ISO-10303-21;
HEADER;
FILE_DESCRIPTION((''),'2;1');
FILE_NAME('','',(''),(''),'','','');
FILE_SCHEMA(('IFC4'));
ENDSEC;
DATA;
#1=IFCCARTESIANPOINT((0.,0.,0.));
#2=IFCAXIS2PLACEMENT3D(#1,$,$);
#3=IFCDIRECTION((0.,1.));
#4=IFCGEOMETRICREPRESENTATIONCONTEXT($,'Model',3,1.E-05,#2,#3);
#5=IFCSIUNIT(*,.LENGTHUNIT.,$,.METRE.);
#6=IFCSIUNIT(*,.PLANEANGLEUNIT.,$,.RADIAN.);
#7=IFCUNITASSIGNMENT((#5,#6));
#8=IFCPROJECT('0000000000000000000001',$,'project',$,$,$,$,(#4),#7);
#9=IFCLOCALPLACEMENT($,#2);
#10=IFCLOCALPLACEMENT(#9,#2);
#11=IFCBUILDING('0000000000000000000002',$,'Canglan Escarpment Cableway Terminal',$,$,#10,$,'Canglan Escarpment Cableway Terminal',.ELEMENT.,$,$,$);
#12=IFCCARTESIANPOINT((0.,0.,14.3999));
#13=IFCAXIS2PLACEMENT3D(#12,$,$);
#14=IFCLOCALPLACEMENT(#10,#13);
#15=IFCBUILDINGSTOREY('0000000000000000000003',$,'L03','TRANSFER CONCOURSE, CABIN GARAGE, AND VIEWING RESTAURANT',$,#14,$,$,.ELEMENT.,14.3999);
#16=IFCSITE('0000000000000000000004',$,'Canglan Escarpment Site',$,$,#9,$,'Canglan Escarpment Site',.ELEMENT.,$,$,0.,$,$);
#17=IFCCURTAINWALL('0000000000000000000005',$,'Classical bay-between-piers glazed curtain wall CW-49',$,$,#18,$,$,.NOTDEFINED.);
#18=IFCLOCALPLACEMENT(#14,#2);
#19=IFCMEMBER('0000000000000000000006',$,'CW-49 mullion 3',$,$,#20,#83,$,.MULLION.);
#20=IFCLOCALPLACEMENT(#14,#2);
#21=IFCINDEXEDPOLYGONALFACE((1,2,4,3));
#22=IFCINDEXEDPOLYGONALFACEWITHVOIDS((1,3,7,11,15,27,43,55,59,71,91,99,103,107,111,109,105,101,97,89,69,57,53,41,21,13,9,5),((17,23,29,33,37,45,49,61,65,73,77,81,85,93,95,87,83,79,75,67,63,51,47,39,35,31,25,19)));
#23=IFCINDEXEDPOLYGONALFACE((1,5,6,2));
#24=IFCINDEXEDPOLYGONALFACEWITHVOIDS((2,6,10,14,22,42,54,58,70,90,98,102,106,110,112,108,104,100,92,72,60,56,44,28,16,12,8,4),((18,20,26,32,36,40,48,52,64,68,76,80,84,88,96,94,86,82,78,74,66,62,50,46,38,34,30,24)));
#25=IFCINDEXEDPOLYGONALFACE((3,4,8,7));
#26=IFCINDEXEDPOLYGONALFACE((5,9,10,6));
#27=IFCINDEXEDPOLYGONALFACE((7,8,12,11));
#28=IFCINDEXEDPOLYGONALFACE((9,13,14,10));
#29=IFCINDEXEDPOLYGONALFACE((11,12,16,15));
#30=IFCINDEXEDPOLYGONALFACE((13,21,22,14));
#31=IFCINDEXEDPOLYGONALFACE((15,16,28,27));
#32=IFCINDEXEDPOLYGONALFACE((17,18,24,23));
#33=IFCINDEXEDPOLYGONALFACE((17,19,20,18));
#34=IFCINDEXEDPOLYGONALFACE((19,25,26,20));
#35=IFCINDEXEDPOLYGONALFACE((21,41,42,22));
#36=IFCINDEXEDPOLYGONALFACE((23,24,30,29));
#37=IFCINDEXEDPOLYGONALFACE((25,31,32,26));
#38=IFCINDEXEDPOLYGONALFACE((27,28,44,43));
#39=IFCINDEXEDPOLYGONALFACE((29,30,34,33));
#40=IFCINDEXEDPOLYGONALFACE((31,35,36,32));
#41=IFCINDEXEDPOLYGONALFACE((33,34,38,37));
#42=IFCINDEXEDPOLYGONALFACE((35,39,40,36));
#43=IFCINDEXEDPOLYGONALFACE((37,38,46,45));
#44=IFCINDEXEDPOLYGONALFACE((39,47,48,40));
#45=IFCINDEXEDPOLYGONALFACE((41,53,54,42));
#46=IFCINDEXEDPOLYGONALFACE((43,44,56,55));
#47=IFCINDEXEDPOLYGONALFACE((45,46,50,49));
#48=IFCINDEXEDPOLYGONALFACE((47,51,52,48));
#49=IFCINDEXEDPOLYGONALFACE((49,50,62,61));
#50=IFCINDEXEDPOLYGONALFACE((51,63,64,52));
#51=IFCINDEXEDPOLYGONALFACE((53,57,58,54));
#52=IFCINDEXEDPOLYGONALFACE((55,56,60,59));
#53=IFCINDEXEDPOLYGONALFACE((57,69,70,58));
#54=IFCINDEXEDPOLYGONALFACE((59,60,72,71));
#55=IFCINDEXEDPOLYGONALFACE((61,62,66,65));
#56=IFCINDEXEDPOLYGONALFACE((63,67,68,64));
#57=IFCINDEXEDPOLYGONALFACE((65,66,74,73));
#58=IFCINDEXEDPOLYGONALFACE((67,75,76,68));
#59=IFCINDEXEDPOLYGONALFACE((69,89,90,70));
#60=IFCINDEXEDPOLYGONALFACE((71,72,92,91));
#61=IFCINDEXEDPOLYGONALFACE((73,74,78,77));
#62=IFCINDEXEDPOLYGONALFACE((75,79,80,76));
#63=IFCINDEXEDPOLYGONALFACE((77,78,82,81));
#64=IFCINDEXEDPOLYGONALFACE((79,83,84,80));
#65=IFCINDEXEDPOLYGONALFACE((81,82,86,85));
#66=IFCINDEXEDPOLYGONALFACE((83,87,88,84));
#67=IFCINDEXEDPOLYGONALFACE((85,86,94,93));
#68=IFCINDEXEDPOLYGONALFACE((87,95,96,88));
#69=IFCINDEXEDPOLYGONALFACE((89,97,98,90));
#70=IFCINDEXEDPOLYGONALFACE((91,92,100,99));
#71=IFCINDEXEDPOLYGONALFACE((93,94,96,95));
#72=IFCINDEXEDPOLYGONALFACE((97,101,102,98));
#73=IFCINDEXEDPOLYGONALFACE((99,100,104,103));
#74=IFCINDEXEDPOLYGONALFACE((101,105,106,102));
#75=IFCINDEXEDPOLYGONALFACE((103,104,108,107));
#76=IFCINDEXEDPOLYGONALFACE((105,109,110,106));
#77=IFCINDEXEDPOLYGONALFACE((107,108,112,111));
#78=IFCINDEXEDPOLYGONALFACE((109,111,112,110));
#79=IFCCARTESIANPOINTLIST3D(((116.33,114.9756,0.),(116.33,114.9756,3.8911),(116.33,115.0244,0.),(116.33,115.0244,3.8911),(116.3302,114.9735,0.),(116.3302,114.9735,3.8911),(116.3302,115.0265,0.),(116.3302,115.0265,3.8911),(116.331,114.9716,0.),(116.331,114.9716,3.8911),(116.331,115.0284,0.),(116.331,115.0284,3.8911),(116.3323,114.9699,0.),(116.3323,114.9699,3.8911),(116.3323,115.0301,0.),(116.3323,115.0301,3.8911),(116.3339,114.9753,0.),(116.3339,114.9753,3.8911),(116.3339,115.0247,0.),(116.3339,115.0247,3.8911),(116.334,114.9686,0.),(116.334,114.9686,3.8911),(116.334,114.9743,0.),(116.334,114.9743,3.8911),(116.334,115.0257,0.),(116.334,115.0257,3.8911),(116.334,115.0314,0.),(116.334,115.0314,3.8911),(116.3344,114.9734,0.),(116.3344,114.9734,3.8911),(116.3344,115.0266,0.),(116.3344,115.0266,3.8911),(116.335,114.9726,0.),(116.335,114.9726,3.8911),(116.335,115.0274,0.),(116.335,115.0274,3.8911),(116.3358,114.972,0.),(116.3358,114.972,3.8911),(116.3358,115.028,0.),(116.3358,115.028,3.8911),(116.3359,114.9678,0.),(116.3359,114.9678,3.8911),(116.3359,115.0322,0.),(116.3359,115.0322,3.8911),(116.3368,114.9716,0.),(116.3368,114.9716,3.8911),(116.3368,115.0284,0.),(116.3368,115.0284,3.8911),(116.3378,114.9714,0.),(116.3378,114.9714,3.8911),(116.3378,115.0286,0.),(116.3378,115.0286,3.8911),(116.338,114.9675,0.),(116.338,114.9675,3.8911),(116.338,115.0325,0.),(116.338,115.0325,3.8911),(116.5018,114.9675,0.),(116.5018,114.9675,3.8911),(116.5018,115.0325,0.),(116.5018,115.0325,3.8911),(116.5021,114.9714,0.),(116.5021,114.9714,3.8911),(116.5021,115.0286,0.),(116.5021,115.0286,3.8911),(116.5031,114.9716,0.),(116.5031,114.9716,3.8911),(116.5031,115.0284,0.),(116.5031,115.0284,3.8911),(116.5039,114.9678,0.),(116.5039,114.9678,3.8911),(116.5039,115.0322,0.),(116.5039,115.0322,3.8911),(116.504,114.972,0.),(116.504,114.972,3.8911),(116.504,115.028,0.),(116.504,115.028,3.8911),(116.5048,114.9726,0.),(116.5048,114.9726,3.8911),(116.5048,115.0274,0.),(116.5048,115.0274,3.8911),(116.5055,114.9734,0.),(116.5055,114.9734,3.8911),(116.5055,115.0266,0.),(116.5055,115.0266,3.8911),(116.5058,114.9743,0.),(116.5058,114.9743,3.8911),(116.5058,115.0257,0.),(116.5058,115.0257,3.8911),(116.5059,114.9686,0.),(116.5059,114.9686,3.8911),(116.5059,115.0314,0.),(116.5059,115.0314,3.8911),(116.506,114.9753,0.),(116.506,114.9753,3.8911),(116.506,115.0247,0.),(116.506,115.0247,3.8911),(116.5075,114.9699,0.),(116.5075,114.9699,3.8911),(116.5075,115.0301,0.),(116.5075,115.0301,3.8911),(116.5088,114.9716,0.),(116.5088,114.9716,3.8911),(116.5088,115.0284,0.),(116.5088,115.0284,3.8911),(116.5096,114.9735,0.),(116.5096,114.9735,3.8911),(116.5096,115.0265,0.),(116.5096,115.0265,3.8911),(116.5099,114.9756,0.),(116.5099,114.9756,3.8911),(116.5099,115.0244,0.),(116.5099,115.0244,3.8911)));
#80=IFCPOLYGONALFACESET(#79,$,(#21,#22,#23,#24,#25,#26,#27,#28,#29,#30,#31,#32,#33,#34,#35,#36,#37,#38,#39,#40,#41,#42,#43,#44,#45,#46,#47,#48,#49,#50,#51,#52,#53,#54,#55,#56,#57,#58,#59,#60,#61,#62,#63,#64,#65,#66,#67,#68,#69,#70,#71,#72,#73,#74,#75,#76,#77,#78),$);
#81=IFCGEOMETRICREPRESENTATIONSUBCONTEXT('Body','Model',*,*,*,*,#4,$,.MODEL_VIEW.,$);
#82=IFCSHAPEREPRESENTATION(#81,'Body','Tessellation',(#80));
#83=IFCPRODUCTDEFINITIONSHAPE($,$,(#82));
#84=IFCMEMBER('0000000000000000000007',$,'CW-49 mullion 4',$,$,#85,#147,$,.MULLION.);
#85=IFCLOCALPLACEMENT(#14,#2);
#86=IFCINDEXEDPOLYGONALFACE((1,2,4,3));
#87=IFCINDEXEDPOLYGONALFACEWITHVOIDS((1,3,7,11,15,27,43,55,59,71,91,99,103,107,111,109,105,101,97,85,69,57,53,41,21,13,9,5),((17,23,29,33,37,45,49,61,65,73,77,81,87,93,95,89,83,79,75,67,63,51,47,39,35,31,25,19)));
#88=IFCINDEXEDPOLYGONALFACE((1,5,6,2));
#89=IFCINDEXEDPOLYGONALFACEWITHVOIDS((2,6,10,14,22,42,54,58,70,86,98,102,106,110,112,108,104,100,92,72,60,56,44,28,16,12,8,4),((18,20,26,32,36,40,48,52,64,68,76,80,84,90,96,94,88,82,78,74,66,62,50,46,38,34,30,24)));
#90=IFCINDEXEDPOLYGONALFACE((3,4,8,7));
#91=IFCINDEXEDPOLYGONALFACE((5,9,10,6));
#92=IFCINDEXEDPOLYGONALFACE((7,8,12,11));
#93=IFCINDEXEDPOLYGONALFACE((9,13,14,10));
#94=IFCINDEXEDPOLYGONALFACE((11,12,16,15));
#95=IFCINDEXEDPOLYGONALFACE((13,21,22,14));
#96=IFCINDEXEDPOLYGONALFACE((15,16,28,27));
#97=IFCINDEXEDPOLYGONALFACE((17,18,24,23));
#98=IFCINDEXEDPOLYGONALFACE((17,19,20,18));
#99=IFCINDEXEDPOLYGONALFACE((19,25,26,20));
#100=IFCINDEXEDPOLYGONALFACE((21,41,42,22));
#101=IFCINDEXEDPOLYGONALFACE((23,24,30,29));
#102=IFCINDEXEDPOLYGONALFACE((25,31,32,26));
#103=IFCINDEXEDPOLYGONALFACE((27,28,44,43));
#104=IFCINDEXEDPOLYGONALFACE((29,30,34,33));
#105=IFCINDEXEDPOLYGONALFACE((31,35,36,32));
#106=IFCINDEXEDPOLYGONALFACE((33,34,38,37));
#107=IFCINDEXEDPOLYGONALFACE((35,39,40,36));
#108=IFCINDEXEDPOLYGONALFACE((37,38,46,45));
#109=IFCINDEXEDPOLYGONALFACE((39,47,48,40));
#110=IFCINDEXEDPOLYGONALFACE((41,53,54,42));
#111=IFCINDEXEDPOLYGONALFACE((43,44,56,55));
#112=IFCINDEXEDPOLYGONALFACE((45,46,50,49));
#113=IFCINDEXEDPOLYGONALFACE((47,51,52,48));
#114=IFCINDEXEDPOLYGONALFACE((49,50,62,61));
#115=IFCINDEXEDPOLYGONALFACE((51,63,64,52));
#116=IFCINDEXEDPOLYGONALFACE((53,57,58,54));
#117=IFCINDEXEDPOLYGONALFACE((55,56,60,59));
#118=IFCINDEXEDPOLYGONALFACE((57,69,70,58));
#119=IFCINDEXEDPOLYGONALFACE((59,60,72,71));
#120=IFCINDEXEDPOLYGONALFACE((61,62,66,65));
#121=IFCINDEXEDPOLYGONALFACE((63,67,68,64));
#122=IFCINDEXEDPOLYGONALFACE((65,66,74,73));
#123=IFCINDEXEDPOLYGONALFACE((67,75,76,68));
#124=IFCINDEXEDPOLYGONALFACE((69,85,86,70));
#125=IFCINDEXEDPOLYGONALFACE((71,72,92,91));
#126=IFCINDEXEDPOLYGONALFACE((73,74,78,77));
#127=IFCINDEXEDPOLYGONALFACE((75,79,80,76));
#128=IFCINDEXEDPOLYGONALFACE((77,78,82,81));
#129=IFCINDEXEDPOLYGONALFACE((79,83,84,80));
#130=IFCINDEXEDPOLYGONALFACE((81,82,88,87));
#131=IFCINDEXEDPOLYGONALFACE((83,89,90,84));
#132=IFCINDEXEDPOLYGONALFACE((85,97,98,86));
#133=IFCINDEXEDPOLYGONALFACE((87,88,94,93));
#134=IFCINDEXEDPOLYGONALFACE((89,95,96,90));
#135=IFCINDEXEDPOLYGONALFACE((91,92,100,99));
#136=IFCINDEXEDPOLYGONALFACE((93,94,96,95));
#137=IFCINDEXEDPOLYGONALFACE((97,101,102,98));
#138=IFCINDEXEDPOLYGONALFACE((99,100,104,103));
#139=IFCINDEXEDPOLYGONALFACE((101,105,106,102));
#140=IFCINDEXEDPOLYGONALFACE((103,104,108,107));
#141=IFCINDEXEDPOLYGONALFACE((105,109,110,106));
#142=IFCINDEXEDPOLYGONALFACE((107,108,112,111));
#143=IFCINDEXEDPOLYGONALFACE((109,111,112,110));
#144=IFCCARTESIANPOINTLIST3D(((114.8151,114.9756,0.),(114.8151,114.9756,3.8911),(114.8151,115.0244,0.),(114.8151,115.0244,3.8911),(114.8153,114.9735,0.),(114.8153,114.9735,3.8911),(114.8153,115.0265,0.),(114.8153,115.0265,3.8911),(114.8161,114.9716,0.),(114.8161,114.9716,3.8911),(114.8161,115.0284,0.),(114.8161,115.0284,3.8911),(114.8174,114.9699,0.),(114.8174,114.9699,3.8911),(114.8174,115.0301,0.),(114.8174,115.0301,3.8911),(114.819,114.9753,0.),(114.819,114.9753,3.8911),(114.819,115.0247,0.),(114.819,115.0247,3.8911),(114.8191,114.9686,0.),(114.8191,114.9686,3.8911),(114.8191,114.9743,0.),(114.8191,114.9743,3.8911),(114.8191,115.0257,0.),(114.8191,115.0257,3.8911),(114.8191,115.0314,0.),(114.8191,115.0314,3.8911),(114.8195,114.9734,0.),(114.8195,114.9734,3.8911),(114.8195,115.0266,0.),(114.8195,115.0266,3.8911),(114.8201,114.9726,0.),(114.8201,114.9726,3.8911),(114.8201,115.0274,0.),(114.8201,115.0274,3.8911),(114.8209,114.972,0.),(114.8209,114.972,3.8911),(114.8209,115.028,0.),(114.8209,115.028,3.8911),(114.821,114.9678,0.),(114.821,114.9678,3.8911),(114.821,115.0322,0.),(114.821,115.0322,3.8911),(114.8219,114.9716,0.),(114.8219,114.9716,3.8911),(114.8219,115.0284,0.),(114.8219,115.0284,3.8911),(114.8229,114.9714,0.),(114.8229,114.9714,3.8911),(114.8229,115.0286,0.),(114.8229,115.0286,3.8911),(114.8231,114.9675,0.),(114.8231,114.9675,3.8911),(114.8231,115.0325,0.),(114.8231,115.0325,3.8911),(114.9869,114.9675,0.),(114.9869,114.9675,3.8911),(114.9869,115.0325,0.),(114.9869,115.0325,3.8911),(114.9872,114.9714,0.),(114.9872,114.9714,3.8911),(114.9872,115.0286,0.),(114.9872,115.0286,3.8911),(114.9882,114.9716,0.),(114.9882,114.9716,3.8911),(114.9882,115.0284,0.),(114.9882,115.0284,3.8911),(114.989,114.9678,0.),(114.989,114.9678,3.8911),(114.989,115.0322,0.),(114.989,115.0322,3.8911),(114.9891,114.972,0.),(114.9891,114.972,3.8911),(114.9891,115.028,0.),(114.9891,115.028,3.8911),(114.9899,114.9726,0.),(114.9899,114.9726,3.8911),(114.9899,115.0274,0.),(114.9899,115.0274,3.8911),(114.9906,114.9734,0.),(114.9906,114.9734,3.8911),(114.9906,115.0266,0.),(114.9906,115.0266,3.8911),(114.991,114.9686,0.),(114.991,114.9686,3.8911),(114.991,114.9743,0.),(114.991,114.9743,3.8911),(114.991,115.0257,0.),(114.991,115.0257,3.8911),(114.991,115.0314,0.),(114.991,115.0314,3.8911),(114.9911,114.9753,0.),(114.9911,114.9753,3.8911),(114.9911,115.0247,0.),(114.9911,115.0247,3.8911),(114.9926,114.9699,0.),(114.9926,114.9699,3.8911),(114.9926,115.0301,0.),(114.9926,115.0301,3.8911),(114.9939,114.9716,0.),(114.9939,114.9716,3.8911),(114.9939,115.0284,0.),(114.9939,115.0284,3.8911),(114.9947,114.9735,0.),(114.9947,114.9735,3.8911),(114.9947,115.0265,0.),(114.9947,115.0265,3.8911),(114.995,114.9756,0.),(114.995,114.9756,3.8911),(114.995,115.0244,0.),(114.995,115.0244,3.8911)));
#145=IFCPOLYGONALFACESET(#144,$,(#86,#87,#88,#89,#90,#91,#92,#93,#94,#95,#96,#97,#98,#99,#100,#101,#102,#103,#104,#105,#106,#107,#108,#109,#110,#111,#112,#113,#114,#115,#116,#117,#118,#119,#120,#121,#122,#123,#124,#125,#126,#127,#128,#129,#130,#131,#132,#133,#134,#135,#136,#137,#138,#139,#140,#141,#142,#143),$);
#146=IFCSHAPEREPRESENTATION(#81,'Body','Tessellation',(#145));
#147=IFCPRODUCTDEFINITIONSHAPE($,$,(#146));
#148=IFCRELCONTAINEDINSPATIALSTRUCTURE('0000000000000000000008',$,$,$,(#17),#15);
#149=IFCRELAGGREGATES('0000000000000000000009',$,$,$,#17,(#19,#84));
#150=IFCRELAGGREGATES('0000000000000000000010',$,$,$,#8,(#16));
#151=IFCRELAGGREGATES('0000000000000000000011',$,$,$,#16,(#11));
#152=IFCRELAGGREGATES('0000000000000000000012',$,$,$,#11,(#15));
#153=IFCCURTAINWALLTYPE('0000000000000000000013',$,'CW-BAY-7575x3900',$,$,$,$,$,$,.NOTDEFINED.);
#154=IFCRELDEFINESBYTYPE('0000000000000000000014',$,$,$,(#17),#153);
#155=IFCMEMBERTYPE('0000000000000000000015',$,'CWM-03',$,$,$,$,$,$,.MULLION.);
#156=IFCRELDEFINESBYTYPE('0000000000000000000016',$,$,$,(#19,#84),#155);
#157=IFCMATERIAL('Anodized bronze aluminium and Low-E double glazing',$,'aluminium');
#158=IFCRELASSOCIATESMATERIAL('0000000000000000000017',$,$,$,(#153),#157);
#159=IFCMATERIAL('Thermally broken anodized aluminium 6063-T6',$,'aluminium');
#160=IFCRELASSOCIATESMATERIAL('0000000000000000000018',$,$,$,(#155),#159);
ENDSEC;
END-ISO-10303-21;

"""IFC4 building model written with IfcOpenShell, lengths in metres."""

from ifc_helpers import new_model, si_unit, direction, frame, origin, origin_2d, place, context, subcontext, project, spatial, hollow_rectangle, extrude, material, material_profile, profile_set, type_object, element, aggregate, save


model = new_model("IFC4")

# Units and contexts
model_context = context("Model", 3, precision=1e-05, world=origin(), true_north=direction((0.0, 1.0)))
body_context = subcontext(model_context, "Body", "Model", "MODEL_VIEW")
ifc_project = project(units=[si_unit("LENGTHUNIT", "METRE"), si_unit("PLANEANGLEUNIT", "RADIAN")], contexts=[model_context])

# Site, building, storey
site_placement = place(None, origin())
site = spatial("IfcSite", under=ifc_project, at=site_placement, Name="Canglan Escarpment Site", LongName="Canglan Escarpment Site", CompositionType="ELEMENT", RefElevation=0.0)
building_placement = place(site_placement, origin())
building = spatial("IfcBuilding", under=site, at=building_placement, Name="Canglan Escarpment Cableway Terminal", LongName="Canglan Escarpment Cableway Terminal", CompositionType="ELEMENT")
storey_placement = place(building_placement, frame((0.0, 0.0, 14.3999)))
storey = spatial("IfcBuildingStorey", under=building, at=storey_placement, Name="L03", Description="TRANSFER CONCOURSE, CABIN GARAGE, AND VIEWING RESTAURANT", CompositionType="ELEMENT", Elevation=14.3999)

# Curtain wall, members
ifc_material_1 = material(Name="Anodized bronze aluminium and Low-E double glazing", Category="aluminium")
curtain_wall_type = type_object("IfcCurtainWallType", Name="CW-BAY-7575x3900", PredefinedType="NOTDEFINED", material=ifc_material_1)
curtain_wall_placement = place(storey_placement, origin())
curtain_wall = element("IfcCurtainWall", 1, at=curtain_wall_placement, inside=storey, type_object=curtain_wall_type, Name="Classical bay-between-piers glazed curtain wall CW-49", PredefinedType="NOTDEFINED")
ifc_material_2 = material(Name="Thermally broken anodized aluminium 6063-T6", Category="aluminium")
ifc_material_profile_1 = material_profile(ifc_material_2, hollow_rectangle(XDim=0.0649, YDim=0.1799, WallThickness=0.0039, InnerFilletRadius=0.0039, OuterFilletRadius=0.0081, at=origin_2d()), Name="ALU-MULL 65x180x4")
ifc_profile_set_1 = profile_set([ifc_material_profile_1], Name="Thermally broken anodized aluminium 6063-T6")
member_type_1 = type_object("IfcMemberType", Name="CWM-03", PredefinedType="MULLION", material=ifc_profile_set_1)
member_1_placement = place(storey_placement, frame((116.4199, 115.0, 0.0), z_axis=(0.0, 0.0, 1.0), x_axis=(0.0, -1.0, 0.0)))
member_1 = element("IfcMember", 2, at=member_1_placement, type_object=member_type_1, Name="CW-49 mullion 3", PredefinedType="MULLION", context=body_context, shape_type="SweptSolid", body=[
    extrude(hollow_rectangle(XDim=0.0649, YDim=0.1799, WallThickness=0.0039, InnerFilletRadius=0.0039, OuterFilletRadius=0.0081, at=origin_2d()), origin(), (0.0, 0.0, 1.0), 3.8911),
])
member_2_placement = place(storey_placement, frame((114.905, 115.0, 0.0), z_axis=(0.0, 0.0, 1.0), x_axis=(0.0, -1.0, 0.0)))
member_2 = element("IfcMember", 3, at=member_2_placement, type_object=member_type_1, Name="CW-49 mullion 4", PredefinedType="MULLION", context=body_context, shape_type="SweptSolid", body=[
    extrude(hollow_rectangle(XDim=0.0649, YDim=0.1799, WallThickness=0.0039, InnerFilletRadius=0.0039, OuterFilletRadius=0.0081, at=origin_2d()), origin(), (0.0, 0.0, 1.0), 3.8911),
])
aggregate(curtain_wall, [member_1, member_2])

save(model, "model.ifc")
